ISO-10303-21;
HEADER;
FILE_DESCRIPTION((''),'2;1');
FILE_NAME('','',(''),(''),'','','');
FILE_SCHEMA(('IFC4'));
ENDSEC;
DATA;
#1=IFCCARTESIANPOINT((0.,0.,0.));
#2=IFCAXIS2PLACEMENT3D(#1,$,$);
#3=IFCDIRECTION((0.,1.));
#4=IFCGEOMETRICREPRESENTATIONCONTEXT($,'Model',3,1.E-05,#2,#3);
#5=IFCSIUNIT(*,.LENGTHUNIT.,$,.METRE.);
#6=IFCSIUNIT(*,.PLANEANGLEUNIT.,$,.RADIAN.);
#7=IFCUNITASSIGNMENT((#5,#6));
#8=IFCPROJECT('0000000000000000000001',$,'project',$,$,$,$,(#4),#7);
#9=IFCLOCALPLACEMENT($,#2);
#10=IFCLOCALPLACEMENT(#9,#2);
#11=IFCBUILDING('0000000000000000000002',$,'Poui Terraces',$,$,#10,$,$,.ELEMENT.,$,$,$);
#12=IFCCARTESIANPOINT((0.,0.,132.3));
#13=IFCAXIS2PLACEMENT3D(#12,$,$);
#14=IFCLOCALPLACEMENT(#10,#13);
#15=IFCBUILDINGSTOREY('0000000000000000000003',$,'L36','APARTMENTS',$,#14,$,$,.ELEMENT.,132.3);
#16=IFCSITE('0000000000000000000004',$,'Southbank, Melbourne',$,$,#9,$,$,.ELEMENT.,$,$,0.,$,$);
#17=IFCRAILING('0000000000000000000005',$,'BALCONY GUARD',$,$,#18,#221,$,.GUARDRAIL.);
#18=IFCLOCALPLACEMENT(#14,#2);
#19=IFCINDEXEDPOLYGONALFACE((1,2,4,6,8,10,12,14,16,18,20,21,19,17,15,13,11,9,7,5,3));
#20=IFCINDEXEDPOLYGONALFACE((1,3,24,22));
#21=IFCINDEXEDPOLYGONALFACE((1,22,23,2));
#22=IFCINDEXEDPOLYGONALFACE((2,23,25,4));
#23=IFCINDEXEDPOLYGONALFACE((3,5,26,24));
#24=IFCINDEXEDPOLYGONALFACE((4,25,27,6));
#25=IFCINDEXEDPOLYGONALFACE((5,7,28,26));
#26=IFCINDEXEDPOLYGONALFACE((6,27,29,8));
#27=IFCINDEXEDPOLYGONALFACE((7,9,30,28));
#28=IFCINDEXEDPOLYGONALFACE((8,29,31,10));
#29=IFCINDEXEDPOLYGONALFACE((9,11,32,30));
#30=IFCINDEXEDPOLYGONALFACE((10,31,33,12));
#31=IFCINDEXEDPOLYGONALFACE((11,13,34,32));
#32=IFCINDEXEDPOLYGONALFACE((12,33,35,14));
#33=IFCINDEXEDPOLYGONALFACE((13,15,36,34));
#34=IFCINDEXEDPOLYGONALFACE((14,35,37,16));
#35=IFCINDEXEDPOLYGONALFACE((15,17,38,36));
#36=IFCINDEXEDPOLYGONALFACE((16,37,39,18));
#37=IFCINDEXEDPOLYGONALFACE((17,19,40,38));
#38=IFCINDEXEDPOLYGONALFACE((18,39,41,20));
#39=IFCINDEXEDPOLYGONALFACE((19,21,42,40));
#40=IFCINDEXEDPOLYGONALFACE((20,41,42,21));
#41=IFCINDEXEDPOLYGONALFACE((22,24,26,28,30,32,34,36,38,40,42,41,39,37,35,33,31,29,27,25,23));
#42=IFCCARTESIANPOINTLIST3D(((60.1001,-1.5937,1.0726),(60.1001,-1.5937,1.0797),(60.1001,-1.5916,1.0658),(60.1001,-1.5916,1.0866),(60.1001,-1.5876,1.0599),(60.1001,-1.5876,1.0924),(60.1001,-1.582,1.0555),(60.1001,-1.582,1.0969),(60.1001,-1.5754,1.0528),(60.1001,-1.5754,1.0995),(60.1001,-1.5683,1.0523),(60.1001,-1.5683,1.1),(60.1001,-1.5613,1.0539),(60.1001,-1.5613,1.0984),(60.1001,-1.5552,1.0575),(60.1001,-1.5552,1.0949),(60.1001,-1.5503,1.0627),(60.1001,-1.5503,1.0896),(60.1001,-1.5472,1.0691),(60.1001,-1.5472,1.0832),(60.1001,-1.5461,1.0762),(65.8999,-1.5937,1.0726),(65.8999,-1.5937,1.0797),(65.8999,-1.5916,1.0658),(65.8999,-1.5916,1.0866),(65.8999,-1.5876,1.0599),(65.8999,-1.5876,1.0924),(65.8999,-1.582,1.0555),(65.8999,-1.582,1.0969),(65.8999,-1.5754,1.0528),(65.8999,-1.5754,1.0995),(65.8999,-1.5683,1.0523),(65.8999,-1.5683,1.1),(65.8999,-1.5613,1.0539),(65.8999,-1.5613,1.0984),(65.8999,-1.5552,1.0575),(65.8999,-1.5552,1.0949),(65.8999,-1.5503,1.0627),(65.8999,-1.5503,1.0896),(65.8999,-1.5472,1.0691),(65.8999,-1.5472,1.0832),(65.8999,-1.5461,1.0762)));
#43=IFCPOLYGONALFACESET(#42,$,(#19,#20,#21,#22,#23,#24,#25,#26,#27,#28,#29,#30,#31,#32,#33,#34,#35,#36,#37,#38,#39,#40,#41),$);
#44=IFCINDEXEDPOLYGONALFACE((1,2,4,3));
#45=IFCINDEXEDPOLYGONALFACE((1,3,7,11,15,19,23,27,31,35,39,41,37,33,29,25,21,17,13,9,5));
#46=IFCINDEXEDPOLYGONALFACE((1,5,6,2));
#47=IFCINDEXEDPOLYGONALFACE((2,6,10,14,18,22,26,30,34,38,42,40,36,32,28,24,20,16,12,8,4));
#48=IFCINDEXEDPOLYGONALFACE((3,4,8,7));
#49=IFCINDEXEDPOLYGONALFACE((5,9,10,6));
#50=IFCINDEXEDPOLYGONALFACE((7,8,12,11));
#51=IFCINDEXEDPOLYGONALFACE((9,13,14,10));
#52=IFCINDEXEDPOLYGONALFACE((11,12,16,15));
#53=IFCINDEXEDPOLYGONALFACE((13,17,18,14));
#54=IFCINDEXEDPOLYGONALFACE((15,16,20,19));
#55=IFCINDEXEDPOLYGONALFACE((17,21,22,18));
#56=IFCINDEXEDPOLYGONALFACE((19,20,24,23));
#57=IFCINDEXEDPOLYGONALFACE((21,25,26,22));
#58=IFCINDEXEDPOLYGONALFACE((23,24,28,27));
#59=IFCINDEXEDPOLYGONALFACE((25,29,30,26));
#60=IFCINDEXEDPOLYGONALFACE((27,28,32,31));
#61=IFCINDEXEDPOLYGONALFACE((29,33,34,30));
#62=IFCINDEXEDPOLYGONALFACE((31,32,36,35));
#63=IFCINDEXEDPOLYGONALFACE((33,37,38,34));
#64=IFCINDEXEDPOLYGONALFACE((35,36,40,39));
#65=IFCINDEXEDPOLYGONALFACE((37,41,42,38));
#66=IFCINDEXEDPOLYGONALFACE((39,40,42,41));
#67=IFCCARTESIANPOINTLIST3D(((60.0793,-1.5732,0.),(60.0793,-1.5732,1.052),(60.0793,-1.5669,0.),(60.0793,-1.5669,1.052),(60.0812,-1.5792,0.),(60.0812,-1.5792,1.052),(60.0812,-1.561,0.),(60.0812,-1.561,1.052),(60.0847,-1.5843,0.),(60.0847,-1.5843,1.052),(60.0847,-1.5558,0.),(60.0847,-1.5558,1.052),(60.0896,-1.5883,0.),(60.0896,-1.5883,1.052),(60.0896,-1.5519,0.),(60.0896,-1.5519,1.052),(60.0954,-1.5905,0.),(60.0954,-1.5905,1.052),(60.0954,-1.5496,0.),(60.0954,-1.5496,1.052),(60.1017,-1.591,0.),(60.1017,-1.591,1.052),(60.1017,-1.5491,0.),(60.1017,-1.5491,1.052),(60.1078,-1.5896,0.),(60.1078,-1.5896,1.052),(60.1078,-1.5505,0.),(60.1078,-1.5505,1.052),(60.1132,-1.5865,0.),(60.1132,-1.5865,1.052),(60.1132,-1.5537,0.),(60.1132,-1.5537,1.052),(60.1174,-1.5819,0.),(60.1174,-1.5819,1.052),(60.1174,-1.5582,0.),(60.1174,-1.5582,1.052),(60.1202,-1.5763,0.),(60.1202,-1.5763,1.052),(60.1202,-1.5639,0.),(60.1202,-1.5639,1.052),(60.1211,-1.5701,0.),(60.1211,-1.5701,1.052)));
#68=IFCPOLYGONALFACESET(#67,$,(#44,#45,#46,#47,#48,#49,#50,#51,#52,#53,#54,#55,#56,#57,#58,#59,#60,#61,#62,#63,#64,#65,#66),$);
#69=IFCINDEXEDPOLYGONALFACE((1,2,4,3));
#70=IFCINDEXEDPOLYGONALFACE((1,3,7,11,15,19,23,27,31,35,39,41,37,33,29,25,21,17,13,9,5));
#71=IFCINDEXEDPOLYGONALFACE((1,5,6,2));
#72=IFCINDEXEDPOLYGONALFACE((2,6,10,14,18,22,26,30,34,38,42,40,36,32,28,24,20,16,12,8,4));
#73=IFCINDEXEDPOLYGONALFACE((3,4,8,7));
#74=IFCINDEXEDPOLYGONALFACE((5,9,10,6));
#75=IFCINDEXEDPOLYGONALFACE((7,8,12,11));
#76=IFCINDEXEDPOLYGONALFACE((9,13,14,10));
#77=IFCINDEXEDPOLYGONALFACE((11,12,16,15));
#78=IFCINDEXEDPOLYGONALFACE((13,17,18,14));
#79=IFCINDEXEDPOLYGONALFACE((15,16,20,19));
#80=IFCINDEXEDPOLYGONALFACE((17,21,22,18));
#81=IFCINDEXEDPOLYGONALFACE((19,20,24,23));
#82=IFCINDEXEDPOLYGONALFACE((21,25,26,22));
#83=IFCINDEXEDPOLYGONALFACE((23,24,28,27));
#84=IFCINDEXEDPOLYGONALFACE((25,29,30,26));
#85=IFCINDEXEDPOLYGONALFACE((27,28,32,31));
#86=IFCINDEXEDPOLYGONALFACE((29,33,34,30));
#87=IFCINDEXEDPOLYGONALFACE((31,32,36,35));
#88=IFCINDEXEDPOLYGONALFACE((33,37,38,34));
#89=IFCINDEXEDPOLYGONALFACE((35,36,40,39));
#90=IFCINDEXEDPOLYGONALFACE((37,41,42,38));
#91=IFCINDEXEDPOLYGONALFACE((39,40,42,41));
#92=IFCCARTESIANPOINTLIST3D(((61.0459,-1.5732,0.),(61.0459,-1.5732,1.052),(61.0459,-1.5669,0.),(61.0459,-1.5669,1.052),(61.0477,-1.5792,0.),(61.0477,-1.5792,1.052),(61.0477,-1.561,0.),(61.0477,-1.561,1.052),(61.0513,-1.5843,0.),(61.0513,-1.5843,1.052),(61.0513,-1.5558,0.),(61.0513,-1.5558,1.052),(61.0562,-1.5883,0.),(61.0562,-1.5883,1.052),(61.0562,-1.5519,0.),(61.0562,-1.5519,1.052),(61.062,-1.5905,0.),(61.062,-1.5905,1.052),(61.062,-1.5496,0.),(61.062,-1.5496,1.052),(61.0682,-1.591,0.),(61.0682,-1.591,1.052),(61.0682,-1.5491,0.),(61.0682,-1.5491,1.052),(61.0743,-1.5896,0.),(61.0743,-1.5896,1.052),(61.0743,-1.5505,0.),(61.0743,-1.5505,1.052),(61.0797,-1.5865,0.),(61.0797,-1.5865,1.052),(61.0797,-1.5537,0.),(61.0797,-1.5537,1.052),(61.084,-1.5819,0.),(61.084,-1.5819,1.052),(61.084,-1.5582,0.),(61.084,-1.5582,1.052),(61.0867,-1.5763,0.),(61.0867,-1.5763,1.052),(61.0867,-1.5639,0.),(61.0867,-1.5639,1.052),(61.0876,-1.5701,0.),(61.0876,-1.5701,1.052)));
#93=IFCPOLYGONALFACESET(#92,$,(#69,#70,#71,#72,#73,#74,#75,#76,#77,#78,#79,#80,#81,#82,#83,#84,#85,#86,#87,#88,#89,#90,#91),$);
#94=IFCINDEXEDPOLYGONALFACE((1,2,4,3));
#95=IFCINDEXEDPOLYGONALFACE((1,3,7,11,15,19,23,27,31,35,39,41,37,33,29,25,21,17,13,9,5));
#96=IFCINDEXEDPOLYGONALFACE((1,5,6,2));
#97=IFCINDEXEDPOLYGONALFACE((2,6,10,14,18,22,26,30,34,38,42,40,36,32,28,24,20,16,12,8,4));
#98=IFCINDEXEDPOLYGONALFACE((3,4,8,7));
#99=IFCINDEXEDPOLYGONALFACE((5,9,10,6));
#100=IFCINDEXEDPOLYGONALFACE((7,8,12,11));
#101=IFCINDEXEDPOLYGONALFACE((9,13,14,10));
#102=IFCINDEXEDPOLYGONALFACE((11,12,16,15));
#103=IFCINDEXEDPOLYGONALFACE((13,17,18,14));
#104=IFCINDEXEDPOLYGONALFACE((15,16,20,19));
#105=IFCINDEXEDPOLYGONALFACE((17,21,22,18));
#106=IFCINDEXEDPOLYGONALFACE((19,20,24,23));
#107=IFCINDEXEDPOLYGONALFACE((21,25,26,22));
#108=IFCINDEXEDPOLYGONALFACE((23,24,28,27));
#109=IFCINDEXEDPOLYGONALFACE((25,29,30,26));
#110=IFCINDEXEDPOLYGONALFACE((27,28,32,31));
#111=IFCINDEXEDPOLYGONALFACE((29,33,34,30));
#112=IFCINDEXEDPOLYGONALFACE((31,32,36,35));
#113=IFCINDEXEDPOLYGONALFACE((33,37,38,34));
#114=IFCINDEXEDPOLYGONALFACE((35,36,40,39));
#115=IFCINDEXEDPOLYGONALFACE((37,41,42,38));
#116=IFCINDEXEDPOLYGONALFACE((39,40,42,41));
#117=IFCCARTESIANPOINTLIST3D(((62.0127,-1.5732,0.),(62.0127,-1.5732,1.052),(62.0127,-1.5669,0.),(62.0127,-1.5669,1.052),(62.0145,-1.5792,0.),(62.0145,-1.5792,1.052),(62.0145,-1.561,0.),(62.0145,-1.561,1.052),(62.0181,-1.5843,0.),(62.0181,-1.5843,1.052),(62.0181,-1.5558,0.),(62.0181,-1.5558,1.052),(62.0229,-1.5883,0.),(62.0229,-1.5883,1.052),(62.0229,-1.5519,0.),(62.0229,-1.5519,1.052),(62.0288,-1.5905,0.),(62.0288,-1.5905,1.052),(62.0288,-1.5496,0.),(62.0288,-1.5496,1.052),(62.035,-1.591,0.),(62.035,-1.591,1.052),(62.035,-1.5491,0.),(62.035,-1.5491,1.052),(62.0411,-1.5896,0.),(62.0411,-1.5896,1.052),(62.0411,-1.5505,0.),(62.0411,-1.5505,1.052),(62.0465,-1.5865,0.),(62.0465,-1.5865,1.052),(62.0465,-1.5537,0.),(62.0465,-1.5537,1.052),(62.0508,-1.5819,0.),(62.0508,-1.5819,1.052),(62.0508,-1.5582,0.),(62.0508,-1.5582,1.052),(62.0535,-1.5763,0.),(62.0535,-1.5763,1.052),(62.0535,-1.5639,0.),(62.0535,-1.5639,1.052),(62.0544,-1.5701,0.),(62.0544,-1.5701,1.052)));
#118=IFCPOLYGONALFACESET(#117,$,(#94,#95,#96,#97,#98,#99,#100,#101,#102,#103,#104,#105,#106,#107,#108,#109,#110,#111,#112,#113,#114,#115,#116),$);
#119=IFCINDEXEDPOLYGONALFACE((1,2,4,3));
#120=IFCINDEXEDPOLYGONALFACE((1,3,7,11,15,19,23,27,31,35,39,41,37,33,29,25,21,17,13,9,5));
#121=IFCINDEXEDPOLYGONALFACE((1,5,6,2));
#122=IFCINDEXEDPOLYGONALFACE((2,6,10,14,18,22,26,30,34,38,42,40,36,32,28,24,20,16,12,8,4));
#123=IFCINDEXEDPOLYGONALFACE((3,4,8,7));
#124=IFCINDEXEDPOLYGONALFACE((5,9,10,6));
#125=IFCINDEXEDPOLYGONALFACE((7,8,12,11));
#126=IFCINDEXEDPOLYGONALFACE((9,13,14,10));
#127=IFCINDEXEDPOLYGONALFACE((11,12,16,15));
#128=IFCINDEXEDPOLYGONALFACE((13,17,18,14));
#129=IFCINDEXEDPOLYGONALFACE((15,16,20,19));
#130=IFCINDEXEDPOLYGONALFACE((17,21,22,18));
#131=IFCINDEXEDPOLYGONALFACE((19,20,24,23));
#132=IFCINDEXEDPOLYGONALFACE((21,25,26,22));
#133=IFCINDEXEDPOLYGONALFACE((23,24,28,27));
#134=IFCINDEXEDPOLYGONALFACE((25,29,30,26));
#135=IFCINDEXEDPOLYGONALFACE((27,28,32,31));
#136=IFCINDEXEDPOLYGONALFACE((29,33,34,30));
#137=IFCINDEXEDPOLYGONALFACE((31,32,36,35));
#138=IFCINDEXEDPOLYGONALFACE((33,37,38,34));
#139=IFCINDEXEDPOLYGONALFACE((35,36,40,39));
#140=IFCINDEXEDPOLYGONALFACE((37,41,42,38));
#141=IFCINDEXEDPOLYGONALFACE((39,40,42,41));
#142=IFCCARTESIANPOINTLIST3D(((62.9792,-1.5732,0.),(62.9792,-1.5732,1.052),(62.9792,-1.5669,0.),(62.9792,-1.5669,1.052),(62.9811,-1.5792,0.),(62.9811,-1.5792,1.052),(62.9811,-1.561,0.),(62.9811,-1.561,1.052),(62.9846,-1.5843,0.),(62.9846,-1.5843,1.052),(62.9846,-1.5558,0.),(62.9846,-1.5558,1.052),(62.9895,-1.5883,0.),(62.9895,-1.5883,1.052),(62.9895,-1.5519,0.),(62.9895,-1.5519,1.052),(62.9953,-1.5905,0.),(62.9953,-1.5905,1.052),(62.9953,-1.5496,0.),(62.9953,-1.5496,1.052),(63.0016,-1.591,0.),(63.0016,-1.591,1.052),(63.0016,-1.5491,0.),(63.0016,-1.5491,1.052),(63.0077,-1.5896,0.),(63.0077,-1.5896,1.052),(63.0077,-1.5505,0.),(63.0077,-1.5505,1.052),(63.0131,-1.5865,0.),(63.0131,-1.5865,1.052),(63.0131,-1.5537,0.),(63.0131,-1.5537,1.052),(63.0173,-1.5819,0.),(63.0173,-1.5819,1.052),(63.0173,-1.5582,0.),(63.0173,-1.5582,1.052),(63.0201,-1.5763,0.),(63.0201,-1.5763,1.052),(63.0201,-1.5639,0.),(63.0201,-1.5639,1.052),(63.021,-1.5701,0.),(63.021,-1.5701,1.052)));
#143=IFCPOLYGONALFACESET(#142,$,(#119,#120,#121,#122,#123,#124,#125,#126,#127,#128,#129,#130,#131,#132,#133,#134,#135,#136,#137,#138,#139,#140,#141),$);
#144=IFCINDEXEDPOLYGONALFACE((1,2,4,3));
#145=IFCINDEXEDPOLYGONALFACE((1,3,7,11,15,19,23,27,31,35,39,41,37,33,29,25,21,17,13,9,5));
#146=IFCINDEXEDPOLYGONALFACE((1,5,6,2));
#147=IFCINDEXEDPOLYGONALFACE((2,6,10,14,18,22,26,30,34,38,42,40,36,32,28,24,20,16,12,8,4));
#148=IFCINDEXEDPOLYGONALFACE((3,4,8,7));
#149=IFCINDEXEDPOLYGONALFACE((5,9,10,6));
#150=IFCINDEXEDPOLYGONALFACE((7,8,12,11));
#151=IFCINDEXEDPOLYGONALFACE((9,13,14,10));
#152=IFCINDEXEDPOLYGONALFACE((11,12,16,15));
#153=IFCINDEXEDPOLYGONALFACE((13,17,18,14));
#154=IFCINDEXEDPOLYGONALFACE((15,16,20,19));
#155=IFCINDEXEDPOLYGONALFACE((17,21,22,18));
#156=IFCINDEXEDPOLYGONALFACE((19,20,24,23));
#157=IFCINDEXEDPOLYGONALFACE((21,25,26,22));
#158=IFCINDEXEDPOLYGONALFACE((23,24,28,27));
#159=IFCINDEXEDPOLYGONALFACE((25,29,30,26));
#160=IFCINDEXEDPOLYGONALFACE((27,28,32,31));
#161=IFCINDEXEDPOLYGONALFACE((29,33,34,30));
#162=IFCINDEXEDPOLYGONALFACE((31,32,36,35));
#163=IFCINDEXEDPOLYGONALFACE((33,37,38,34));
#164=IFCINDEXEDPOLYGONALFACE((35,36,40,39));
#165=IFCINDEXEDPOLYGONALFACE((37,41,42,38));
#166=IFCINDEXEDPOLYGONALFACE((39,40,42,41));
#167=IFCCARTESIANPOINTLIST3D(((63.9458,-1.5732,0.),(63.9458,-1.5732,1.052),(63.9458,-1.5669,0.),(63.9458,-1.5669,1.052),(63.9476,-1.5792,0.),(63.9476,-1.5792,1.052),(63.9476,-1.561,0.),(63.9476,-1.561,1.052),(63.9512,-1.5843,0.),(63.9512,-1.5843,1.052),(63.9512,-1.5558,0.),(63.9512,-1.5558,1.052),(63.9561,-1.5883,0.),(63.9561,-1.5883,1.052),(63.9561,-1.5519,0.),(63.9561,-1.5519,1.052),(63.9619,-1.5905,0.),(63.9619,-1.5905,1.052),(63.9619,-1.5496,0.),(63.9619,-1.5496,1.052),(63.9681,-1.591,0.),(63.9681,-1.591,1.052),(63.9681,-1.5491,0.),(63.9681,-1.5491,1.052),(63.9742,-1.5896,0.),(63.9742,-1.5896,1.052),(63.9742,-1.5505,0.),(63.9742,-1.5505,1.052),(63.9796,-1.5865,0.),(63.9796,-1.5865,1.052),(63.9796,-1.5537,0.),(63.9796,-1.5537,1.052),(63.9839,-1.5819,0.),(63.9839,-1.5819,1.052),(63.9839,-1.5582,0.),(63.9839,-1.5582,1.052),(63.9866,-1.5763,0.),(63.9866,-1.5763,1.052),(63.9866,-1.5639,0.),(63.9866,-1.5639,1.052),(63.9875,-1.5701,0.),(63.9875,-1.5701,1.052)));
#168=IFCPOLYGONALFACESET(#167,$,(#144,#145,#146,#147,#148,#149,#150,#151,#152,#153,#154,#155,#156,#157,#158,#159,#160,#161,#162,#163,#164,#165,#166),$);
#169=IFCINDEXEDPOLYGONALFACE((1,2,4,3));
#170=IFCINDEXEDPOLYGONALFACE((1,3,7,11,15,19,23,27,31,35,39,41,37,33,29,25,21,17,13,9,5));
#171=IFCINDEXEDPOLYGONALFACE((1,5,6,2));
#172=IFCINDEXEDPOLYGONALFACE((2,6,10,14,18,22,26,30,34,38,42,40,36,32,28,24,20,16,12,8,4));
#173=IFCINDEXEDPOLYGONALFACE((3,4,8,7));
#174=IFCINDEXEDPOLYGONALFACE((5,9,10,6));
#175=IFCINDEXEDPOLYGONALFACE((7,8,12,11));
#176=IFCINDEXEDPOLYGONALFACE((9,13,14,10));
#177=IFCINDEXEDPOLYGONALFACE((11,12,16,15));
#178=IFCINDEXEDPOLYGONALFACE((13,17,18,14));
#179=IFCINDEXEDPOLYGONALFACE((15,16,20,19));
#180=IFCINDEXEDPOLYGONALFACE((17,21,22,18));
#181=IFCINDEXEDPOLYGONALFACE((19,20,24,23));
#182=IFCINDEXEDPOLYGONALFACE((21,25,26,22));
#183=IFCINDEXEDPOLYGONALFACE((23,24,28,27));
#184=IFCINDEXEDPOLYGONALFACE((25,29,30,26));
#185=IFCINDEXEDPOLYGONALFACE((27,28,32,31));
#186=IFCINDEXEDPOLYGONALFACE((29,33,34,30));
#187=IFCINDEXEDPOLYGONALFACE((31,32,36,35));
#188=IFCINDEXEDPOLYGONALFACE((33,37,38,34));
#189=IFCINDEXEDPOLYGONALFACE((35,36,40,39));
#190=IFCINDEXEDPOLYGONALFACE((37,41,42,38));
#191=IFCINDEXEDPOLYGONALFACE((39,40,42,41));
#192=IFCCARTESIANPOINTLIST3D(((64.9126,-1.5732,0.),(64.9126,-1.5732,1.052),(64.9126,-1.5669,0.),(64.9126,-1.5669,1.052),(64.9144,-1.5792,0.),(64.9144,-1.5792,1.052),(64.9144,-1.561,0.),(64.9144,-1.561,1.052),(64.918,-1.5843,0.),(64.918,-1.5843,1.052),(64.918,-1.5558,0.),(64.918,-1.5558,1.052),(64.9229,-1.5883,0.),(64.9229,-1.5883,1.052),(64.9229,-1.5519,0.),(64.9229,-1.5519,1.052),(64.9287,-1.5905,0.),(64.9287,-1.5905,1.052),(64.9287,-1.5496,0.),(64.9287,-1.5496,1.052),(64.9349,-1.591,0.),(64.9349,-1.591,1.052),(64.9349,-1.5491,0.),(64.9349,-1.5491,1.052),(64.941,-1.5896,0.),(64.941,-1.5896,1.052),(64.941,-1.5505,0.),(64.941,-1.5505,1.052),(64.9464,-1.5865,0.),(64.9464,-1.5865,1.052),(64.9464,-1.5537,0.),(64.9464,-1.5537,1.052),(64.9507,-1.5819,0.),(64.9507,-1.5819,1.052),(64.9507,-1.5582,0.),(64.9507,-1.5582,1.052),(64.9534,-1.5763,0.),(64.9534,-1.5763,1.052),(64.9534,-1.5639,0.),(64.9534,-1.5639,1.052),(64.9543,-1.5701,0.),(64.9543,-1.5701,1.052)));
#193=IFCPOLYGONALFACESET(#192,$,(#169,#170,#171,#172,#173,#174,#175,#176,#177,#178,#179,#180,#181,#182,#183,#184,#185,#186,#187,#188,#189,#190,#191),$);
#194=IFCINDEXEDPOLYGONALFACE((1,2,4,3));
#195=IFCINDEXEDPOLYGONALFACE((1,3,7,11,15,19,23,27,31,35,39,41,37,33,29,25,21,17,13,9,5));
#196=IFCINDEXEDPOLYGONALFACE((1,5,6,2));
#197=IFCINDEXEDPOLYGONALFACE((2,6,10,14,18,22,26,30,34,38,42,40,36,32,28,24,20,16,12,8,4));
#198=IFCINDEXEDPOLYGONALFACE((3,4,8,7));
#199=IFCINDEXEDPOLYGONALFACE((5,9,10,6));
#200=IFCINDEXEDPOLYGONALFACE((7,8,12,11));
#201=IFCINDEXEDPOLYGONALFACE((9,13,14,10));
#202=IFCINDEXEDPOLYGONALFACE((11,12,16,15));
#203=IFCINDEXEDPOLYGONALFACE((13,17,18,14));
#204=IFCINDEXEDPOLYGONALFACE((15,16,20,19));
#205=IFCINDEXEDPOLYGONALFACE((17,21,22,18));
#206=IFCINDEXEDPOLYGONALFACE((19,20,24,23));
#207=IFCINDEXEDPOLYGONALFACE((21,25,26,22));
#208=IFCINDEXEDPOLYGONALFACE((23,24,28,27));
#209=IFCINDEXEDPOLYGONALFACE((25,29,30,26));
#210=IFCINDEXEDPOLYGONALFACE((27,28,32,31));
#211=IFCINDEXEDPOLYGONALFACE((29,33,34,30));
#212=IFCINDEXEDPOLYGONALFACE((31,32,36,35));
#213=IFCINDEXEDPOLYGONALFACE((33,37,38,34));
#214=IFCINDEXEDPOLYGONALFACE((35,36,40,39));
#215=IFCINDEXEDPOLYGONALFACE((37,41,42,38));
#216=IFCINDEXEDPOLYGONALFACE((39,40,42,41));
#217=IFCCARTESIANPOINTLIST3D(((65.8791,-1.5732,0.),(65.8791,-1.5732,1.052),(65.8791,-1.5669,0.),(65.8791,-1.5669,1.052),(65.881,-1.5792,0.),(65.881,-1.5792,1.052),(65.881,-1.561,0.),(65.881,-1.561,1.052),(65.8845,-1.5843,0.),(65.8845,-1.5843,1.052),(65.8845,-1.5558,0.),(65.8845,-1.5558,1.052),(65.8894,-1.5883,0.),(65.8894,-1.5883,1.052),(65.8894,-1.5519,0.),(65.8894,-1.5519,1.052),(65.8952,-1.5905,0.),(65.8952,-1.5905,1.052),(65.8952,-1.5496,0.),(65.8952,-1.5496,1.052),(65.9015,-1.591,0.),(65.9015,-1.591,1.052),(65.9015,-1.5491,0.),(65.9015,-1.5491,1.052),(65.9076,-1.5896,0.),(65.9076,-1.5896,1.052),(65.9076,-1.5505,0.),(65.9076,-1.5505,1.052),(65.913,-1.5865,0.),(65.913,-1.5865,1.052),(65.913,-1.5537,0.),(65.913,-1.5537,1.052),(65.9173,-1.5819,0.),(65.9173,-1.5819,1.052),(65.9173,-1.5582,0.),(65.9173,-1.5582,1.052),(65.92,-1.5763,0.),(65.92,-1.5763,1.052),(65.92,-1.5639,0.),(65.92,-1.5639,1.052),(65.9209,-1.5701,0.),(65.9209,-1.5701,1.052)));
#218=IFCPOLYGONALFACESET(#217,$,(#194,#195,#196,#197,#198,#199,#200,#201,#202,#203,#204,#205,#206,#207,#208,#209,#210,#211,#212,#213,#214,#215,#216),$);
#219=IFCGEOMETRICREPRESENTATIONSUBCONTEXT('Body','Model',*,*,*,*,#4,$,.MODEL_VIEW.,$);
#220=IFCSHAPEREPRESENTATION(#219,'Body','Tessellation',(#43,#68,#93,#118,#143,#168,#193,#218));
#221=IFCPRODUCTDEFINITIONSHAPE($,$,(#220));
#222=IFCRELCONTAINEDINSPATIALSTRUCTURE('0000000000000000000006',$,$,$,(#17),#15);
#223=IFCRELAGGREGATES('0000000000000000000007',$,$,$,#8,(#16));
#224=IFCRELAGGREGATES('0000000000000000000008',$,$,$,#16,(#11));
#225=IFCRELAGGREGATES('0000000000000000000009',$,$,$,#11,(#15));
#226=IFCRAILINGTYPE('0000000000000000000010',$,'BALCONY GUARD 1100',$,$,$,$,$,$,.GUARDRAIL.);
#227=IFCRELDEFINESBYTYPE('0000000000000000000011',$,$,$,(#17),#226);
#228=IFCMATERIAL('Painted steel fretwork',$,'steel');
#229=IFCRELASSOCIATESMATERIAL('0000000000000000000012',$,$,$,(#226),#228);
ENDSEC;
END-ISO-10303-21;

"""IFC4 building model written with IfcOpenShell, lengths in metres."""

from ifc_helpers import new_model, si_unit, direction, frame, origin, origin_2d, place, context, subcontext, project, spatial, circle, extrude, material, type_object, element, save


model = new_model("IFC4")

# Units and contexts
model_context = context("Model", 3, precision=1e-05, world=origin(), true_north=direction((0.0, 1.0)))
body_context = subcontext(model_context, "Body", "Model", "MODEL_VIEW")
ifc_project = project(units=[si_unit("LENGTHUNIT", "METRE"), si_unit("PLANEANGLEUNIT", "RADIAN")], contexts=[model_context])

# Site, building, storey
site_placement = place(None, origin())
site = spatial("IfcSite", under=ifc_project, at=site_placement, Name="Southbank, Melbourne", CompositionType="ELEMENT", RefElevation=0.0)
building_placement = place(site_placement, origin())
building = spatial("IfcBuilding", under=site, at=building_placement, Name="Poui Terraces", CompositionType="ELEMENT")
storey_placement = place(building_placement, frame((0.0, 0.0, 132.3)))
storey = spatial("IfcBuildingStorey", under=building, at=storey_placement, Name="L36", Description="APARTMENTS", CompositionType="ELEMENT", Elevation=132.3)

# Railing
ifc_material_1 = material(Name="Painted steel fretwork", Category="steel")
railing_type = type_object("IfcRailingType", Name="BALCONY GUARD 1100", PredefinedType="GUARDRAIL", material=ifc_material_1)
railing_placement = place(storey_placement, frame((60.1001, -1.5701, 0.0)))
element("IfcRailing", 1, at=railing_placement, inside=storey, type_object=railing_type, Name="BALCONY GUARD", PredefinedType="GUARDRAIL", context=body_context, shape_type="SweptSolid", body=[
    extrude(circle(Radius=0.0239, at=origin_2d()), frame((0.0, 0.0, 1.0762), z_axis=(1.0, 0.0, 0.0), x_axis=(0.0, 1.0, 0.0)), (0.0, 0.0, 1.0), 5.7998),
    extrude(circle(Radius=0.021, at=origin_2d()), origin(), (0.0, 0.0, 1.0), 1.052),
    extrude(circle(Radius=0.021, at=origin_2d()), frame((0.9666, 0.0, 0.0)), (0.0, 0.0, 1.0), 1.052),
    extrude(circle(Radius=0.021, at=origin_2d()), frame((1.9333, 0.0, 0.0)), (0.0, 0.0, 1.0), 1.052),
    extrude(circle(Radius=0.021, at=origin_2d()), frame((2.8999, 0.0, 0.0)), (0.0, 0.0, 1.0), 1.052),
    extrude(circle(Radius=0.021, at=origin_2d()), frame((3.8665, 0.0, 0.0)), (0.0, 0.0, 1.0), 1.052),
    extrude(circle(Radius=0.021, at=origin_2d()), frame((4.8333, 0.0, 0.0)), (0.0, 0.0, 1.0), 1.052),
    extrude(circle(Radius=0.021, at=origin_2d()), frame((5.7998, 0.0, 0.0)), (0.0, 0.0, 1.0), 1.052),
])

save(model, "model.ifc")
